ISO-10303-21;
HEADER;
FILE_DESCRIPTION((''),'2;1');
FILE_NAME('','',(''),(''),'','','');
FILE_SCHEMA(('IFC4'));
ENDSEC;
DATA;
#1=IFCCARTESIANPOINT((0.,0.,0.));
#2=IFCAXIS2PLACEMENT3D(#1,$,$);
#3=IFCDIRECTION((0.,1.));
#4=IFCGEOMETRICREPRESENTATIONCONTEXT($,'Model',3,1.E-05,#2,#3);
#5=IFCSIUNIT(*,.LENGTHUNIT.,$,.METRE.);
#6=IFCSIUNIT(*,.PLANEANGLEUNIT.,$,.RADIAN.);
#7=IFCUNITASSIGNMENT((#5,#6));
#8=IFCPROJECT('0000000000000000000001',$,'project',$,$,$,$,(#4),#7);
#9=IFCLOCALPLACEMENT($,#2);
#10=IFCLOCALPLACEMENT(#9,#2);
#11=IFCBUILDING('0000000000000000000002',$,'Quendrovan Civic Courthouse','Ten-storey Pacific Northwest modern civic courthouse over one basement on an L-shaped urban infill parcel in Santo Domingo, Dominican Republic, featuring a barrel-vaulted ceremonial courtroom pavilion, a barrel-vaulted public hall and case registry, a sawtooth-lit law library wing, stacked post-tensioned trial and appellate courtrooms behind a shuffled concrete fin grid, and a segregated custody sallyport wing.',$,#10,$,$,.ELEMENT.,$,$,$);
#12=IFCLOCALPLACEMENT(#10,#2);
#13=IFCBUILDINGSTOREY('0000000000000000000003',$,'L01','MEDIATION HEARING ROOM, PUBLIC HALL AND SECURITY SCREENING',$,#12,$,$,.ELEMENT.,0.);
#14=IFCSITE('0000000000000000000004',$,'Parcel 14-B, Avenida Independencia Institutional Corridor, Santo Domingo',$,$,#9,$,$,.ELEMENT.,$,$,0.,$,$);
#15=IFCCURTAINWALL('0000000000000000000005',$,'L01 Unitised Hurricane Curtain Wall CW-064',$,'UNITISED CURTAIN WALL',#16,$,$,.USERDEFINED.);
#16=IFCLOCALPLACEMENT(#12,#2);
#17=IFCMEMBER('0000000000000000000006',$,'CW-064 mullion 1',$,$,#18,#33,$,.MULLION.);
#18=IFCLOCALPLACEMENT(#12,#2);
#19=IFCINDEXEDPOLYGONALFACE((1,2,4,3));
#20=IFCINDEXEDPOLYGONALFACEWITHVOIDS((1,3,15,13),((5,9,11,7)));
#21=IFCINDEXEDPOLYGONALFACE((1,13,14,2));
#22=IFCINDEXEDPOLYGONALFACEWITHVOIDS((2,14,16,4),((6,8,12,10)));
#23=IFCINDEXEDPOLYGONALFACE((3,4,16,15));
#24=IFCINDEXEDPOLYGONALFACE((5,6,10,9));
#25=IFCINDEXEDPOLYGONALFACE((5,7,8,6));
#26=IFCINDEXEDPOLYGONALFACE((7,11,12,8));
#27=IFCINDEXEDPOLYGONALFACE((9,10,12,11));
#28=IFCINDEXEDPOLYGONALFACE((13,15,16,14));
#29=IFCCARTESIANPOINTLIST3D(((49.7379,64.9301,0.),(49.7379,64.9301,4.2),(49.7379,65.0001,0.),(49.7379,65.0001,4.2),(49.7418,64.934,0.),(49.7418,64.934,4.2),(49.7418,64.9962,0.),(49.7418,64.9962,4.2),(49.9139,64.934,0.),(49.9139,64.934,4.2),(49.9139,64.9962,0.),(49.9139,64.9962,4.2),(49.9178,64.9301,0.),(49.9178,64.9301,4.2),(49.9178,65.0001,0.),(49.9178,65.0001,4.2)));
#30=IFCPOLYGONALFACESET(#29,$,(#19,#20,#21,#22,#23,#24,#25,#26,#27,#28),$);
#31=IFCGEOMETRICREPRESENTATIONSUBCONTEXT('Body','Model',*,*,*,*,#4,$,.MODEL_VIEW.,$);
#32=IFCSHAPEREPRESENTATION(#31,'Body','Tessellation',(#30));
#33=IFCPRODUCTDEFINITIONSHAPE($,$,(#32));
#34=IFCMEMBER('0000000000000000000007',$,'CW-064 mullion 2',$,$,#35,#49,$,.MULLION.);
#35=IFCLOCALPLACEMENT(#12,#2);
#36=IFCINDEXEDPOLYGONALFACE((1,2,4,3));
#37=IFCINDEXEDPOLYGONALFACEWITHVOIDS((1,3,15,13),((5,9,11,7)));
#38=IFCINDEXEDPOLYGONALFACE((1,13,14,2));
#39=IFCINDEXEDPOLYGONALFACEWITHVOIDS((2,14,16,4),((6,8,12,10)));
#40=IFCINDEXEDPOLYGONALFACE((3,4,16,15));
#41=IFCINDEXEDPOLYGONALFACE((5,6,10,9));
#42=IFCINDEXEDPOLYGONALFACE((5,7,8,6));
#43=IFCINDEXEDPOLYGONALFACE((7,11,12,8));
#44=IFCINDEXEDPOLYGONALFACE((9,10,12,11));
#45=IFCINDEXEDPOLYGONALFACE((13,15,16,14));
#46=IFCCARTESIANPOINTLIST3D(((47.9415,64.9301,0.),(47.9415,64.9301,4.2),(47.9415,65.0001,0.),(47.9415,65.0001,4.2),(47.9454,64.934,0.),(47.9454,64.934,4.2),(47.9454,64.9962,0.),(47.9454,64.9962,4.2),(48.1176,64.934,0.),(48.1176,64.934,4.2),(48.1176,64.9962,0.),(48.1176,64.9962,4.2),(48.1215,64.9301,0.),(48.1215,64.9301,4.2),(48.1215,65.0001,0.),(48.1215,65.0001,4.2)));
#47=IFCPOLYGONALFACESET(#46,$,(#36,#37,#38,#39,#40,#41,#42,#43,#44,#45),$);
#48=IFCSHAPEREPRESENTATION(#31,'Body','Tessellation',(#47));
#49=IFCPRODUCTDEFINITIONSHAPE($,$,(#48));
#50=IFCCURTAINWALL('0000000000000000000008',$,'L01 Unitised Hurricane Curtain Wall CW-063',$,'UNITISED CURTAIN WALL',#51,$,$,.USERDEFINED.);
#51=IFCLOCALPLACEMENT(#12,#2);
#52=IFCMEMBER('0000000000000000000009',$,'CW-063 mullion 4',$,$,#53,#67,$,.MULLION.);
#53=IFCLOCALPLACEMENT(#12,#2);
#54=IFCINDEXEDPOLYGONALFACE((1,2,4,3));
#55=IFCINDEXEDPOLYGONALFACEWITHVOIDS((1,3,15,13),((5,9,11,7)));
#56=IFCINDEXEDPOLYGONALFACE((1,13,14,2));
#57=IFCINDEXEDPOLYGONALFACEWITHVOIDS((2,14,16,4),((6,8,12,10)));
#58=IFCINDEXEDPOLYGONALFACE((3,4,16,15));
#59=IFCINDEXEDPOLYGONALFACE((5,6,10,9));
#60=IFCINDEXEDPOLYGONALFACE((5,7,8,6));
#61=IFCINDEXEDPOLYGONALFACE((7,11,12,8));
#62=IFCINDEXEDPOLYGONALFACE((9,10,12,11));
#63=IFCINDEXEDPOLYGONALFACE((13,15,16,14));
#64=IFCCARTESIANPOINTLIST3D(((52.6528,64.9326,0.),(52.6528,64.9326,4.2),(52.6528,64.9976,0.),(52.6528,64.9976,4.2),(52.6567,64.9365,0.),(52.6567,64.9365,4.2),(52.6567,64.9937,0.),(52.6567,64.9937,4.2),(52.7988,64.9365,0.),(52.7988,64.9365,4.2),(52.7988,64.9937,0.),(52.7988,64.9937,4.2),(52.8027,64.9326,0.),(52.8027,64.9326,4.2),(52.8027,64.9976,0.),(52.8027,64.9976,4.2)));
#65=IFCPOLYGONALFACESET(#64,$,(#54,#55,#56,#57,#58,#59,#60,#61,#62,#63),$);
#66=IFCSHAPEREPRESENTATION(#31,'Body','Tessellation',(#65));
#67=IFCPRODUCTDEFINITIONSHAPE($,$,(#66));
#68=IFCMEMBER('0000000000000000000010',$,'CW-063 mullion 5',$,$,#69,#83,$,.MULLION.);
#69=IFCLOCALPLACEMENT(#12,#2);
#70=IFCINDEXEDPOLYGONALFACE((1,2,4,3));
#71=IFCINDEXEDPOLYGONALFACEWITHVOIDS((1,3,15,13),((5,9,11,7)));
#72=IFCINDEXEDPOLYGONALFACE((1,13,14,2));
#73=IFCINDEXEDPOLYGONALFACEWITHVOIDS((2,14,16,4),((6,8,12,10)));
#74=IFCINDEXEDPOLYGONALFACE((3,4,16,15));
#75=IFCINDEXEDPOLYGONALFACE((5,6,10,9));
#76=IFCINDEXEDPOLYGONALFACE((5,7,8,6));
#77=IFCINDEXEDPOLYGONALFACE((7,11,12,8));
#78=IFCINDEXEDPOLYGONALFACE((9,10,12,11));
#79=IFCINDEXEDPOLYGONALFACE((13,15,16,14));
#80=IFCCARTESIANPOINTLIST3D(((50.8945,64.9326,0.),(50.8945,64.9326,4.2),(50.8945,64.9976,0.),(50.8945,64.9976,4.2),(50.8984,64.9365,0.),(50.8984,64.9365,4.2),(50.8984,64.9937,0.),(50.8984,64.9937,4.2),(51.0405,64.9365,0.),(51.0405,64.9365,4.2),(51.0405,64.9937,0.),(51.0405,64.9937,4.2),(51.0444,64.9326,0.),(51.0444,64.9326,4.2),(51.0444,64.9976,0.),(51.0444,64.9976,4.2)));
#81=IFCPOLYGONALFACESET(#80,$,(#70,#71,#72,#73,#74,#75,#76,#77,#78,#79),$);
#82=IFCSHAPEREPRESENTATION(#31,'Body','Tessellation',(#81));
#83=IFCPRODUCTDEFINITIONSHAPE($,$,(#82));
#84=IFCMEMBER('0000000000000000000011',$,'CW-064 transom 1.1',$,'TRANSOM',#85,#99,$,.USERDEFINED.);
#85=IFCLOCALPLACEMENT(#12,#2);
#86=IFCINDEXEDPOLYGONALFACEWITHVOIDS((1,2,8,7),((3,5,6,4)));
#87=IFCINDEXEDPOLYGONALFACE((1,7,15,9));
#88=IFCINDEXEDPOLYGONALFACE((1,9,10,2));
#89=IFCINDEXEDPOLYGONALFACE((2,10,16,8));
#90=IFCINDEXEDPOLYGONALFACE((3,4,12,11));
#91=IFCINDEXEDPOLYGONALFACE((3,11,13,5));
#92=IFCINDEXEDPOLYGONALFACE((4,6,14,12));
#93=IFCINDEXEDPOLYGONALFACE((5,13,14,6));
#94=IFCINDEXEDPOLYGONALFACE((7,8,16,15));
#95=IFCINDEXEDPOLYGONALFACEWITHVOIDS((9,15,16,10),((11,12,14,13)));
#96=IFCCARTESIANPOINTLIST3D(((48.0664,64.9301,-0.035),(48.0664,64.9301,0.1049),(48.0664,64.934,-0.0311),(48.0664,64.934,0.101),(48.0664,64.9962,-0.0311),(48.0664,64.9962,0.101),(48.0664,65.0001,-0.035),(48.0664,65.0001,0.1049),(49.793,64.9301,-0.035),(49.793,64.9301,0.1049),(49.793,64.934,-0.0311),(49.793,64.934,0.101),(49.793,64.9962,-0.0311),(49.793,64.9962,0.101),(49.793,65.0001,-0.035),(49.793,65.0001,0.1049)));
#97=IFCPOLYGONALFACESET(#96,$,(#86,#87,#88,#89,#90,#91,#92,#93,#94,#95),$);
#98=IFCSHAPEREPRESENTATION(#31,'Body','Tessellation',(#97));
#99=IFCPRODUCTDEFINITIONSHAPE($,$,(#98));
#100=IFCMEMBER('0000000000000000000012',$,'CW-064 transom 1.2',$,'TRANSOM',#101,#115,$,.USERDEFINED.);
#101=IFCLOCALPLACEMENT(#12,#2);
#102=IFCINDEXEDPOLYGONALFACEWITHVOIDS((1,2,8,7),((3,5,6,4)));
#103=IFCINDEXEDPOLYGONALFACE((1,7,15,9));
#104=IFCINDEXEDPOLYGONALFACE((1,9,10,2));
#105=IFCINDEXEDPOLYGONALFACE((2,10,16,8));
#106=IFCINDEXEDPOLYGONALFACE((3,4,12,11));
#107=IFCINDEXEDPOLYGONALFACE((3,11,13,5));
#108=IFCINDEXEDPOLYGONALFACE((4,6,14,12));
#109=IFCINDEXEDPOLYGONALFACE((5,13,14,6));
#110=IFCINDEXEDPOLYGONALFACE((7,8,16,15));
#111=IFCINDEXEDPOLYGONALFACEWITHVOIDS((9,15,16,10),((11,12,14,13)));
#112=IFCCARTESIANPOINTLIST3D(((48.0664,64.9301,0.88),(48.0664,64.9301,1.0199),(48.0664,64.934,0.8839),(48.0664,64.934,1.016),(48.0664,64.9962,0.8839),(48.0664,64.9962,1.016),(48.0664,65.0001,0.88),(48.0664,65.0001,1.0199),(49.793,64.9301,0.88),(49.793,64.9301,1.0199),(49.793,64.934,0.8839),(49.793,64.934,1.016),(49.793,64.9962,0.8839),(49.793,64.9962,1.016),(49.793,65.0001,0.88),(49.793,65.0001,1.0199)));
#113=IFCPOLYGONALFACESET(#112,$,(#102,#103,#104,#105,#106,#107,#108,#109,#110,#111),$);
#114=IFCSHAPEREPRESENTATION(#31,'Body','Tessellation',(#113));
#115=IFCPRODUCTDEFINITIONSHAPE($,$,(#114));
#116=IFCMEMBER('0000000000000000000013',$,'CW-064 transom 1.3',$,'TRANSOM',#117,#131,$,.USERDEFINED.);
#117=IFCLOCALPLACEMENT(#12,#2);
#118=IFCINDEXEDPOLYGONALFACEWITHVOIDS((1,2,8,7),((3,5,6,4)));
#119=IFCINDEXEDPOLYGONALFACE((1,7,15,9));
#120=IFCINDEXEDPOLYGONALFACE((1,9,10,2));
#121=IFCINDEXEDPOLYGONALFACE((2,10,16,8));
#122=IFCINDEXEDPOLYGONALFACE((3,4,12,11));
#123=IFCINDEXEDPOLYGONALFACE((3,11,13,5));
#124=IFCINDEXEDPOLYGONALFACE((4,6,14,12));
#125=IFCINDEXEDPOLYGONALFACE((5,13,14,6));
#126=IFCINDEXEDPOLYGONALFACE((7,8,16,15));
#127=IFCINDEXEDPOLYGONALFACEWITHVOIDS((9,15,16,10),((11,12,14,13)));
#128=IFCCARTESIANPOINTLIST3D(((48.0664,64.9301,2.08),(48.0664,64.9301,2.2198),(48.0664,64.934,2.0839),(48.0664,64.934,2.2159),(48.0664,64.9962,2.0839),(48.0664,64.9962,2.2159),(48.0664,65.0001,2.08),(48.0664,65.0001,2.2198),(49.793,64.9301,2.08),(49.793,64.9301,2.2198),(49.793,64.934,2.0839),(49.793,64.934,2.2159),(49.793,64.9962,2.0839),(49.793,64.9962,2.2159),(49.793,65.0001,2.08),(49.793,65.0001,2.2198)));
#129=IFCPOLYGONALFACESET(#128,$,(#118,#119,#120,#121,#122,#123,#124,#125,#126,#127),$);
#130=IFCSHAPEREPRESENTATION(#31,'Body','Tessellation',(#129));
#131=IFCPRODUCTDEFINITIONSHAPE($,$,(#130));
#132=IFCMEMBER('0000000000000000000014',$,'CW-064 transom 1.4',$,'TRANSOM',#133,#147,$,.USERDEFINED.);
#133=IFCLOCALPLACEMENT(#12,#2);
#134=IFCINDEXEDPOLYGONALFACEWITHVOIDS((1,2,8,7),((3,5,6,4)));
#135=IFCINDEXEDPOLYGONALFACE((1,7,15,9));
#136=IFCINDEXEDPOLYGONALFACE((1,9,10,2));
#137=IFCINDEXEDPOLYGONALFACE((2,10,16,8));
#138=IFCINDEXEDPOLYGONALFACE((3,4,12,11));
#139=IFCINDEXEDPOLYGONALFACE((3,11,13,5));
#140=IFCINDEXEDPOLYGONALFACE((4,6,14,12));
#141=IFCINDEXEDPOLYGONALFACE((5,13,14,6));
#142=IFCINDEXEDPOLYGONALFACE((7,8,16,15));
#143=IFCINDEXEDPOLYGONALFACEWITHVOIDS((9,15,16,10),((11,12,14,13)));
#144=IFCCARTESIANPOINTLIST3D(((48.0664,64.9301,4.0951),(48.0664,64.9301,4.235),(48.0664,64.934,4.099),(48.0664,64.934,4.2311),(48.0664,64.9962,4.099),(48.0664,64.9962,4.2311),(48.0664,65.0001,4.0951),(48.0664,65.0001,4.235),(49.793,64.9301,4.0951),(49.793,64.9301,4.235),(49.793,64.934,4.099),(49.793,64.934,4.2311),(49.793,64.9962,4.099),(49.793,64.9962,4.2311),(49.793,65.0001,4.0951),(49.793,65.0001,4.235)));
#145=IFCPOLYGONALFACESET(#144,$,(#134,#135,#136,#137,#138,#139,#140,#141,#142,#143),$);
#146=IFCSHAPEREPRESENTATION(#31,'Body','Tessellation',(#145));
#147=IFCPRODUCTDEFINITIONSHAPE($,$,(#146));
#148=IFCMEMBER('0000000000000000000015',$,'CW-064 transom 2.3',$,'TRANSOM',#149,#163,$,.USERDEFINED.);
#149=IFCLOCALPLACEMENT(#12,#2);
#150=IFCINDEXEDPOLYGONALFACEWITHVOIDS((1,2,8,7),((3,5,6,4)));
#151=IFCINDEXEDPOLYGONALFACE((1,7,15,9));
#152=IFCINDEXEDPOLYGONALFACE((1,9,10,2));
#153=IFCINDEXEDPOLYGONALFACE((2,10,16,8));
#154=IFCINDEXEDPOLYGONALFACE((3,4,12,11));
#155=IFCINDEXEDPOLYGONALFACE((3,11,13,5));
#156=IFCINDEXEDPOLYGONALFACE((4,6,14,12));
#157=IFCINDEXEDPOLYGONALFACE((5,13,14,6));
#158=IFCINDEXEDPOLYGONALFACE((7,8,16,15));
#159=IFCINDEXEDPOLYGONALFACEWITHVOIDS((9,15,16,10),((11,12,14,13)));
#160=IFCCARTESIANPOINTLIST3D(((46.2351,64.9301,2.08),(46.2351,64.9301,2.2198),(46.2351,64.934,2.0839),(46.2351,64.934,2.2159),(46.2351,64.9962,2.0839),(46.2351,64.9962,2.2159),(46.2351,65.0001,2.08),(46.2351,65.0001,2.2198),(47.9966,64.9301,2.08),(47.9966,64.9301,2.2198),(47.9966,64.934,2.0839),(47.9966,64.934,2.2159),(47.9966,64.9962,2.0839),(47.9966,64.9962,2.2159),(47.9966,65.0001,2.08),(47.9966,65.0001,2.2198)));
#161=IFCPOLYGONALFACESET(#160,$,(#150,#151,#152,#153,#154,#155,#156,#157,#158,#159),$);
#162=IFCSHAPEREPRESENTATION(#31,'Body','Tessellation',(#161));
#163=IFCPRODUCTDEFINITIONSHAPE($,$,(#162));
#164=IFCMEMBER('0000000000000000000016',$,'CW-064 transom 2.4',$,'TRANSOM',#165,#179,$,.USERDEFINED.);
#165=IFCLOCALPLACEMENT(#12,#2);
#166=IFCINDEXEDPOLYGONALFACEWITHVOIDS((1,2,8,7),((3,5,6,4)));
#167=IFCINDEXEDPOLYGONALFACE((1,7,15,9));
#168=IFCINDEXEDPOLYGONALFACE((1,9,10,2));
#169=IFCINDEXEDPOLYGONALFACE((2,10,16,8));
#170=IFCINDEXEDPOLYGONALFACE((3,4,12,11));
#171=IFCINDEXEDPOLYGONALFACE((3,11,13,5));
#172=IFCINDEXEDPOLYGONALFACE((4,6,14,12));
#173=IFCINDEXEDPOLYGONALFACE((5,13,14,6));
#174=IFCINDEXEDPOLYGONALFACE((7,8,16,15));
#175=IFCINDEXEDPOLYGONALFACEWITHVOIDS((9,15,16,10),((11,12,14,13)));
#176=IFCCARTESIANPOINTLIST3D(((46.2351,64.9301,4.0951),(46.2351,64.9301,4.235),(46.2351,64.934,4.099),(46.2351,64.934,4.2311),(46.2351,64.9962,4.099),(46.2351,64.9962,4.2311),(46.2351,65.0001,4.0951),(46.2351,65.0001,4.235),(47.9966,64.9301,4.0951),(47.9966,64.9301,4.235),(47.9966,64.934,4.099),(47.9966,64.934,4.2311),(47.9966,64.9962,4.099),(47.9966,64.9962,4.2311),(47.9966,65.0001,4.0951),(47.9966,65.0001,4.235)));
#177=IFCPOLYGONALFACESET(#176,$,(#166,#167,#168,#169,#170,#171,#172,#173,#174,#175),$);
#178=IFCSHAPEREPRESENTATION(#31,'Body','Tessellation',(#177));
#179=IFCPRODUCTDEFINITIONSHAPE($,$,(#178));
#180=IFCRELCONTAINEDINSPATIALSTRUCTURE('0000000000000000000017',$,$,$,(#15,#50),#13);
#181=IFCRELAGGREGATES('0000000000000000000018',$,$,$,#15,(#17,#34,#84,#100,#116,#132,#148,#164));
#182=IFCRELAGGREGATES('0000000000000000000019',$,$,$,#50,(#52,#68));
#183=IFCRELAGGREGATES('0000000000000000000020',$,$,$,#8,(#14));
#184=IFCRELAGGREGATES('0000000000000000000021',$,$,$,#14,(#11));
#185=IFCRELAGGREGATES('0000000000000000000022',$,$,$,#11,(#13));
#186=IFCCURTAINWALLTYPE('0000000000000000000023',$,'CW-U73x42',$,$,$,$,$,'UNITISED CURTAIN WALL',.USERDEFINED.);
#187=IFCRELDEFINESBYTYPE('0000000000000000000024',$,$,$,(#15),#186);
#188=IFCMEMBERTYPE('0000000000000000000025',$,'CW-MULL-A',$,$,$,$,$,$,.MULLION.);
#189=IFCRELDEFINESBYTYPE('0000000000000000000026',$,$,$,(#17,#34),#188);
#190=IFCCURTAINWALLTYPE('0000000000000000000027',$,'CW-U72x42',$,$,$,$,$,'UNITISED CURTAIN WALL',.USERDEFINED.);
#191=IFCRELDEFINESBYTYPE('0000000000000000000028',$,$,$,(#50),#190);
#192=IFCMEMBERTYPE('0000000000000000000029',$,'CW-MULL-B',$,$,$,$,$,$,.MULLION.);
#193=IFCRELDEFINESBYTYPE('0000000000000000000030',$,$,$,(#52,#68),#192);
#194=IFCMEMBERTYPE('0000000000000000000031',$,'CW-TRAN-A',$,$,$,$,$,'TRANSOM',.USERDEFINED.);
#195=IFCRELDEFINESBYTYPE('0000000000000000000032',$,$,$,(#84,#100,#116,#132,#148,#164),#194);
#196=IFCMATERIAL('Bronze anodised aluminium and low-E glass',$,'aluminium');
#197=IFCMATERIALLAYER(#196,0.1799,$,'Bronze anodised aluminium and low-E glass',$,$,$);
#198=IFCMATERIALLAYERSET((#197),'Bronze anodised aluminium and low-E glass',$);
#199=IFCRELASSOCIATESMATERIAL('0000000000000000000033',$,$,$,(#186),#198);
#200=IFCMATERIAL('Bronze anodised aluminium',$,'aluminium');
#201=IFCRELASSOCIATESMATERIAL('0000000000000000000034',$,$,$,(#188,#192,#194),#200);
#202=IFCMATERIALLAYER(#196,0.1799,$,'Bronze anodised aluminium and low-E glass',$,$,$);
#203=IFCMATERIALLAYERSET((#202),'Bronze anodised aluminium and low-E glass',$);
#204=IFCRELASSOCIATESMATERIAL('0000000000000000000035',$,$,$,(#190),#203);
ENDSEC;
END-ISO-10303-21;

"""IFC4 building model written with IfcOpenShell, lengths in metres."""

from ifc_helpers import new_model, si_unit, direction, frame, origin, origin_2d, place, context, subcontext, project, spatial, hollow_rectangle, extrude, material, layer, layer_set, material_profile, profile_set, type_object, element, aggregate, save


model = new_model("IFC4")

# Units and contexts
model_context = context("Model", 3, precision=1e-05, world=origin(), true_north=direction((0.0, 1.0)))
body_context = subcontext(model_context, "Body", "Model", "MODEL_VIEW")
ifc_project = project(units=[si_unit("LENGTHUNIT", "METRE"), si_unit("PLANEANGLEUNIT", "RADIAN")], contexts=[model_context])

# Site, building, storey
site_placement = place(None, origin())
site = spatial("IfcSite", under=ifc_project, at=site_placement, Name="Parcel 14-B, Avenida Independencia Institutional Corridor, Santo Domingo", CompositionType="ELEMENT", RefElevation=0.0)
building_placement = place(site_placement, origin())
building = spatial("IfcBuilding", under=site, at=building_placement, Name="Quendrovan Civic Courthouse", Description="Ten-storey Pacific Northwest modern civic courthouse over one basement on an L-shaped urban infill parcel in Santo Domingo, Dominican Republic, featuring a barrel-vaulted ceremonial courtroom pavilion, a barrel-vaulted public hall and case registry, a sawtooth-lit law library wing, stacked post-tensioned trial and appellate courtrooms behind a shuffled concrete fin grid, and a segregated custody sallyport wing.", CompositionType="ELEMENT")
storey_placement = place(building_placement, origin())
storey = spatial("IfcBuildingStorey", under=building, at=storey_placement, Name="L01", Description="MEDIATION HEARING ROOM, PUBLIC HALL AND SECURITY SCREENING", CompositionType="ELEMENT", Elevation=0.0)

# Curtain walls, members
ifc_material_1 = material(Name="Bronze anodised aluminium and low-E glass", Category="aluminium")
ifc_layer_1 = layer(ifc_material_1, 0.1799, Name="Bronze anodised aluminium and low-E glass")
ifc_layer_set_1 = layer_set([ifc_layer_1], Name="Bronze anodised aluminium and low-E glass")
curtain_wall_type_1 = type_object("IfcCurtainWallType", Name="CW-U73x42", ElementType="UNITISED CURTAIN WALL", PredefinedType="USERDEFINED", material=ifc_layer_set_1)
curtain_wall_1_placement = place(storey_placement, origin())
curtain_wall_1 = element("IfcCurtainWall", 1, at=curtain_wall_1_placement, inside=storey, type_object=curtain_wall_type_1, Name="L01 Unitised Hurricane Curtain Wall CW-064", ObjectType="UNITISED CURTAIN WALL", PredefinedType="USERDEFINED")
ifc_material_2 = material(Name="Bronze anodised aluminium", Category="aluminium")
ifc_material_profile_1 = material_profile(ifc_material_2, hollow_rectangle(XDim=0.0701, YDim=0.1799, WallThickness=0.0039, at=origin_2d()), Name="CW-MULL-70x180")
ifc_profile_set_1 = profile_set([ifc_material_profile_1], Name="Bronze anodised aluminium")
member_type_1 = type_object("IfcMemberType", Name="CW-MULL-A", PredefinedType="MULLION", material=ifc_profile_set_1)
member_1_placement = place(storey_placement, frame((49.8279, 64.9651, 0.0), z_axis=(0.0, 0.0, 1.0), x_axis=(0.0, -1.0, 0.0)))
member_1 = element("IfcMember", 2, at=member_1_placement, type_object=member_type_1, Name="CW-064 mullion 1", PredefinedType="MULLION", context=body_context, shape_type="SweptSolid", body=[
    extrude(hollow_rectangle(XDim=0.0701, YDim=0.1799, WallThickness=0.0039, at=origin_2d()), origin(), (0.0, 0.0, 1.0), 4.2),
])
member_2_placement = place(storey_placement, frame((48.0315, 64.9651, 0.0), z_axis=(0.0, 0.0, 1.0), x_axis=(0.0, -1.0, 0.0)))
member_2 = element("IfcMember", 3, at=member_2_placement, type_object=member_type_1, Name="CW-064 mullion 2", PredefinedType="MULLION", context=body_context, shape_type="SweptSolid", body=[
    extrude(hollow_rectangle(XDim=0.0701, YDim=0.1799, WallThickness=0.0039, at=origin_2d()), origin(), (0.0, 0.0, 1.0), 4.2),
])
ifc_layer_2 = layer(ifc_material_1, 0.1799, Name="Bronze anodised aluminium and low-E glass")
ifc_layer_set_2 = layer_set([ifc_layer_2], Name="Bronze anodised aluminium and low-E glass")
curtain_wall_type_2 = type_object("IfcCurtainWallType", Name="CW-U72x42", ElementType="UNITISED CURTAIN WALL", PredefinedType="USERDEFINED", material=ifc_layer_set_2)
curtain_wall_2_placement = place(storey_placement, origin())
curtain_wall_2 = element("IfcCurtainWall", 4, at=curtain_wall_2_placement, inside=storey, type_object=curtain_wall_type_2, Name="L01 Unitised Hurricane Curtain Wall CW-063", ObjectType="UNITISED CURTAIN WALL", PredefinedType="USERDEFINED")
ifc_material_profile_2 = material_profile(ifc_material_2, hollow_rectangle(XDim=0.0649, YDim=0.1499, WallThickness=0.0039, at=origin_2d()), Name="CW-MULL-65x150")
ifc_profile_set_2 = profile_set([ifc_material_profile_2], Name="Bronze anodised aluminium")
member_type_2 = type_object("IfcMemberType", Name="CW-MULL-B", PredefinedType="MULLION", material=ifc_profile_set_2)
member_3_placement = place(storey_placement, frame((52.7278, 64.9651, 0.0), z_axis=(0.0, 0.0, 1.0), x_axis=(0.0, -1.0, 0.0)))
member_3 = element("IfcMember", 5, at=member_3_placement, type_object=member_type_2, Name="CW-063 mullion 4", PredefinedType="MULLION", context=body_context, shape_type="SweptSolid", body=[
    extrude(hollow_rectangle(XDim=0.0649, YDim=0.1499, WallThickness=0.0039, at=origin_2d()), origin(), (0.0, 0.0, 1.0), 4.2),
])
member_4_placement = place(storey_placement, frame((50.9695, 64.9651, 0.0), z_axis=(0.0, 0.0, 1.0), x_axis=(0.0, -1.0, 0.0)))
member_4 = element("IfcMember", 6, at=member_4_placement, type_object=member_type_2, Name="CW-063 mullion 5", PredefinedType="MULLION", context=body_context, shape_type="SweptSolid", body=[
    extrude(hollow_rectangle(XDim=0.0649, YDim=0.1499, WallThickness=0.0039, at=origin_2d()), origin(), (0.0, 0.0, 1.0), 4.2),
])

# Members
ifc_material_profile_3 = material_profile(ifc_material_2, hollow_rectangle(XDim=0.0701, YDim=0.1399, WallThickness=0.0039, at=origin_2d()), Name="CW-TRAN-70x140")
ifc_profile_set_3 = profile_set([ifc_material_profile_3], Name="Bronze anodised aluminium")
member_type_3 = type_object("IfcMemberType", Name="CW-TRAN-A", ElementType="TRANSOM", PredefinedType="USERDEFINED", material=ifc_profile_set_3)
member_5_placement = place(storey_placement, frame((49.793, 64.9651, 0.0349), z_axis=(-1.0, 0.0, 0.0), x_axis=(0.0, -1.0, 0.0)))
member_5 = element("IfcMember", 7, at=member_5_placement, type_object=member_type_3, Name="CW-064 transom 1.1", ObjectType="TRANSOM", PredefinedType="USERDEFINED", context=body_context, shape_type="SweptSolid", body=[
    extrude(hollow_rectangle(XDim=0.0701, YDim=0.1399, WallThickness=0.0039, at=origin_2d()), origin(), (0.0, 0.0, 1.0), 1.7266),
])
member_6_placement = place(storey_placement, frame((49.793, 64.9651, 0.95), z_axis=(-1.0, 0.0, 0.0), x_axis=(0.0, -1.0, 0.0)))
member_6 = element("IfcMember", 8, at=member_6_placement, type_object=member_type_3, Name="CW-064 transom 1.2", ObjectType="TRANSOM", PredefinedType="USERDEFINED", context=body_context, shape_type="SweptSolid", body=[
    extrude(hollow_rectangle(XDim=0.0701, YDim=0.1399, WallThickness=0.0039, at=origin_2d()), origin(), (0.0, 0.0, 1.0), 1.7266),
])
member_7_placement = place(storey_placement, frame((49.793, 64.9651, 2.1499), z_axis=(-1.0, 0.0, 0.0), x_axis=(0.0, -1.0, 0.0)))
member_7 = element("IfcMember", 9, at=member_7_placement, type_object=member_type_3, Name="CW-064 transom 1.3", ObjectType="TRANSOM", PredefinedType="USERDEFINED", context=body_context, shape_type="SweptSolid", body=[
    extrude(hollow_rectangle(XDim=0.0701, YDim=0.1399, WallThickness=0.0039, at=origin_2d()), origin(), (0.0, 0.0, 1.0), 1.7266),
])
member_8_placement = place(storey_placement, frame((49.793, 64.9651, 4.165), z_axis=(-1.0, 0.0, 0.0), x_axis=(0.0, -1.0, 0.0)))
member_8 = element("IfcMember", 10, at=member_8_placement, type_object=member_type_3, Name="CW-064 transom 1.4", ObjectType="TRANSOM", PredefinedType="USERDEFINED", context=body_context, shape_type="SweptSolid", body=[
    extrude(hollow_rectangle(XDim=0.0701, YDim=0.1399, WallThickness=0.0039, at=origin_2d()), origin(), (0.0, 0.0, 1.0), 1.7266),
])
member_9_placement = place(storey_placement, frame((47.9966, 64.9651, 2.1499), z_axis=(-1.0, 0.0, 0.0), x_axis=(0.0, -1.0, 0.0)))
member_9 = element("IfcMember", 11, at=member_9_placement, type_object=member_type_3, Name="CW-064 transom 2.3", ObjectType="TRANSOM", PredefinedType="USERDEFINED", context=body_context, shape_type="SweptSolid", body=[
    extrude(hollow_rectangle(XDim=0.0701, YDim=0.1399, WallThickness=0.0039, at=origin_2d()), origin(), (0.0, 0.0, 1.0), 1.7615),
])
member_10_placement = place(storey_placement, frame((47.9966, 64.9651, 4.165), z_axis=(-1.0, 0.0, 0.0), x_axis=(0.0, -1.0, 0.0)))
member_10 = element("IfcMember", 12, at=member_10_placement, type_object=member_type_3, Name="CW-064 transom 2.4", ObjectType="TRANSOM", PredefinedType="USERDEFINED", context=body_context, shape_type="SweptSolid", body=[
    extrude(hollow_rectangle(XDim=0.0701, YDim=0.1399, WallThickness=0.0039, at=origin_2d()), origin(), (0.0, 0.0, 1.0), 1.7615),
])

aggregate(curtain_wall_1, [member_1, member_2, member_5, member_6, member_7, member_8, member_9, member_10])
aggregate(curtain_wall_2, [member_3, member_4])

save(model, "model.ifc")
